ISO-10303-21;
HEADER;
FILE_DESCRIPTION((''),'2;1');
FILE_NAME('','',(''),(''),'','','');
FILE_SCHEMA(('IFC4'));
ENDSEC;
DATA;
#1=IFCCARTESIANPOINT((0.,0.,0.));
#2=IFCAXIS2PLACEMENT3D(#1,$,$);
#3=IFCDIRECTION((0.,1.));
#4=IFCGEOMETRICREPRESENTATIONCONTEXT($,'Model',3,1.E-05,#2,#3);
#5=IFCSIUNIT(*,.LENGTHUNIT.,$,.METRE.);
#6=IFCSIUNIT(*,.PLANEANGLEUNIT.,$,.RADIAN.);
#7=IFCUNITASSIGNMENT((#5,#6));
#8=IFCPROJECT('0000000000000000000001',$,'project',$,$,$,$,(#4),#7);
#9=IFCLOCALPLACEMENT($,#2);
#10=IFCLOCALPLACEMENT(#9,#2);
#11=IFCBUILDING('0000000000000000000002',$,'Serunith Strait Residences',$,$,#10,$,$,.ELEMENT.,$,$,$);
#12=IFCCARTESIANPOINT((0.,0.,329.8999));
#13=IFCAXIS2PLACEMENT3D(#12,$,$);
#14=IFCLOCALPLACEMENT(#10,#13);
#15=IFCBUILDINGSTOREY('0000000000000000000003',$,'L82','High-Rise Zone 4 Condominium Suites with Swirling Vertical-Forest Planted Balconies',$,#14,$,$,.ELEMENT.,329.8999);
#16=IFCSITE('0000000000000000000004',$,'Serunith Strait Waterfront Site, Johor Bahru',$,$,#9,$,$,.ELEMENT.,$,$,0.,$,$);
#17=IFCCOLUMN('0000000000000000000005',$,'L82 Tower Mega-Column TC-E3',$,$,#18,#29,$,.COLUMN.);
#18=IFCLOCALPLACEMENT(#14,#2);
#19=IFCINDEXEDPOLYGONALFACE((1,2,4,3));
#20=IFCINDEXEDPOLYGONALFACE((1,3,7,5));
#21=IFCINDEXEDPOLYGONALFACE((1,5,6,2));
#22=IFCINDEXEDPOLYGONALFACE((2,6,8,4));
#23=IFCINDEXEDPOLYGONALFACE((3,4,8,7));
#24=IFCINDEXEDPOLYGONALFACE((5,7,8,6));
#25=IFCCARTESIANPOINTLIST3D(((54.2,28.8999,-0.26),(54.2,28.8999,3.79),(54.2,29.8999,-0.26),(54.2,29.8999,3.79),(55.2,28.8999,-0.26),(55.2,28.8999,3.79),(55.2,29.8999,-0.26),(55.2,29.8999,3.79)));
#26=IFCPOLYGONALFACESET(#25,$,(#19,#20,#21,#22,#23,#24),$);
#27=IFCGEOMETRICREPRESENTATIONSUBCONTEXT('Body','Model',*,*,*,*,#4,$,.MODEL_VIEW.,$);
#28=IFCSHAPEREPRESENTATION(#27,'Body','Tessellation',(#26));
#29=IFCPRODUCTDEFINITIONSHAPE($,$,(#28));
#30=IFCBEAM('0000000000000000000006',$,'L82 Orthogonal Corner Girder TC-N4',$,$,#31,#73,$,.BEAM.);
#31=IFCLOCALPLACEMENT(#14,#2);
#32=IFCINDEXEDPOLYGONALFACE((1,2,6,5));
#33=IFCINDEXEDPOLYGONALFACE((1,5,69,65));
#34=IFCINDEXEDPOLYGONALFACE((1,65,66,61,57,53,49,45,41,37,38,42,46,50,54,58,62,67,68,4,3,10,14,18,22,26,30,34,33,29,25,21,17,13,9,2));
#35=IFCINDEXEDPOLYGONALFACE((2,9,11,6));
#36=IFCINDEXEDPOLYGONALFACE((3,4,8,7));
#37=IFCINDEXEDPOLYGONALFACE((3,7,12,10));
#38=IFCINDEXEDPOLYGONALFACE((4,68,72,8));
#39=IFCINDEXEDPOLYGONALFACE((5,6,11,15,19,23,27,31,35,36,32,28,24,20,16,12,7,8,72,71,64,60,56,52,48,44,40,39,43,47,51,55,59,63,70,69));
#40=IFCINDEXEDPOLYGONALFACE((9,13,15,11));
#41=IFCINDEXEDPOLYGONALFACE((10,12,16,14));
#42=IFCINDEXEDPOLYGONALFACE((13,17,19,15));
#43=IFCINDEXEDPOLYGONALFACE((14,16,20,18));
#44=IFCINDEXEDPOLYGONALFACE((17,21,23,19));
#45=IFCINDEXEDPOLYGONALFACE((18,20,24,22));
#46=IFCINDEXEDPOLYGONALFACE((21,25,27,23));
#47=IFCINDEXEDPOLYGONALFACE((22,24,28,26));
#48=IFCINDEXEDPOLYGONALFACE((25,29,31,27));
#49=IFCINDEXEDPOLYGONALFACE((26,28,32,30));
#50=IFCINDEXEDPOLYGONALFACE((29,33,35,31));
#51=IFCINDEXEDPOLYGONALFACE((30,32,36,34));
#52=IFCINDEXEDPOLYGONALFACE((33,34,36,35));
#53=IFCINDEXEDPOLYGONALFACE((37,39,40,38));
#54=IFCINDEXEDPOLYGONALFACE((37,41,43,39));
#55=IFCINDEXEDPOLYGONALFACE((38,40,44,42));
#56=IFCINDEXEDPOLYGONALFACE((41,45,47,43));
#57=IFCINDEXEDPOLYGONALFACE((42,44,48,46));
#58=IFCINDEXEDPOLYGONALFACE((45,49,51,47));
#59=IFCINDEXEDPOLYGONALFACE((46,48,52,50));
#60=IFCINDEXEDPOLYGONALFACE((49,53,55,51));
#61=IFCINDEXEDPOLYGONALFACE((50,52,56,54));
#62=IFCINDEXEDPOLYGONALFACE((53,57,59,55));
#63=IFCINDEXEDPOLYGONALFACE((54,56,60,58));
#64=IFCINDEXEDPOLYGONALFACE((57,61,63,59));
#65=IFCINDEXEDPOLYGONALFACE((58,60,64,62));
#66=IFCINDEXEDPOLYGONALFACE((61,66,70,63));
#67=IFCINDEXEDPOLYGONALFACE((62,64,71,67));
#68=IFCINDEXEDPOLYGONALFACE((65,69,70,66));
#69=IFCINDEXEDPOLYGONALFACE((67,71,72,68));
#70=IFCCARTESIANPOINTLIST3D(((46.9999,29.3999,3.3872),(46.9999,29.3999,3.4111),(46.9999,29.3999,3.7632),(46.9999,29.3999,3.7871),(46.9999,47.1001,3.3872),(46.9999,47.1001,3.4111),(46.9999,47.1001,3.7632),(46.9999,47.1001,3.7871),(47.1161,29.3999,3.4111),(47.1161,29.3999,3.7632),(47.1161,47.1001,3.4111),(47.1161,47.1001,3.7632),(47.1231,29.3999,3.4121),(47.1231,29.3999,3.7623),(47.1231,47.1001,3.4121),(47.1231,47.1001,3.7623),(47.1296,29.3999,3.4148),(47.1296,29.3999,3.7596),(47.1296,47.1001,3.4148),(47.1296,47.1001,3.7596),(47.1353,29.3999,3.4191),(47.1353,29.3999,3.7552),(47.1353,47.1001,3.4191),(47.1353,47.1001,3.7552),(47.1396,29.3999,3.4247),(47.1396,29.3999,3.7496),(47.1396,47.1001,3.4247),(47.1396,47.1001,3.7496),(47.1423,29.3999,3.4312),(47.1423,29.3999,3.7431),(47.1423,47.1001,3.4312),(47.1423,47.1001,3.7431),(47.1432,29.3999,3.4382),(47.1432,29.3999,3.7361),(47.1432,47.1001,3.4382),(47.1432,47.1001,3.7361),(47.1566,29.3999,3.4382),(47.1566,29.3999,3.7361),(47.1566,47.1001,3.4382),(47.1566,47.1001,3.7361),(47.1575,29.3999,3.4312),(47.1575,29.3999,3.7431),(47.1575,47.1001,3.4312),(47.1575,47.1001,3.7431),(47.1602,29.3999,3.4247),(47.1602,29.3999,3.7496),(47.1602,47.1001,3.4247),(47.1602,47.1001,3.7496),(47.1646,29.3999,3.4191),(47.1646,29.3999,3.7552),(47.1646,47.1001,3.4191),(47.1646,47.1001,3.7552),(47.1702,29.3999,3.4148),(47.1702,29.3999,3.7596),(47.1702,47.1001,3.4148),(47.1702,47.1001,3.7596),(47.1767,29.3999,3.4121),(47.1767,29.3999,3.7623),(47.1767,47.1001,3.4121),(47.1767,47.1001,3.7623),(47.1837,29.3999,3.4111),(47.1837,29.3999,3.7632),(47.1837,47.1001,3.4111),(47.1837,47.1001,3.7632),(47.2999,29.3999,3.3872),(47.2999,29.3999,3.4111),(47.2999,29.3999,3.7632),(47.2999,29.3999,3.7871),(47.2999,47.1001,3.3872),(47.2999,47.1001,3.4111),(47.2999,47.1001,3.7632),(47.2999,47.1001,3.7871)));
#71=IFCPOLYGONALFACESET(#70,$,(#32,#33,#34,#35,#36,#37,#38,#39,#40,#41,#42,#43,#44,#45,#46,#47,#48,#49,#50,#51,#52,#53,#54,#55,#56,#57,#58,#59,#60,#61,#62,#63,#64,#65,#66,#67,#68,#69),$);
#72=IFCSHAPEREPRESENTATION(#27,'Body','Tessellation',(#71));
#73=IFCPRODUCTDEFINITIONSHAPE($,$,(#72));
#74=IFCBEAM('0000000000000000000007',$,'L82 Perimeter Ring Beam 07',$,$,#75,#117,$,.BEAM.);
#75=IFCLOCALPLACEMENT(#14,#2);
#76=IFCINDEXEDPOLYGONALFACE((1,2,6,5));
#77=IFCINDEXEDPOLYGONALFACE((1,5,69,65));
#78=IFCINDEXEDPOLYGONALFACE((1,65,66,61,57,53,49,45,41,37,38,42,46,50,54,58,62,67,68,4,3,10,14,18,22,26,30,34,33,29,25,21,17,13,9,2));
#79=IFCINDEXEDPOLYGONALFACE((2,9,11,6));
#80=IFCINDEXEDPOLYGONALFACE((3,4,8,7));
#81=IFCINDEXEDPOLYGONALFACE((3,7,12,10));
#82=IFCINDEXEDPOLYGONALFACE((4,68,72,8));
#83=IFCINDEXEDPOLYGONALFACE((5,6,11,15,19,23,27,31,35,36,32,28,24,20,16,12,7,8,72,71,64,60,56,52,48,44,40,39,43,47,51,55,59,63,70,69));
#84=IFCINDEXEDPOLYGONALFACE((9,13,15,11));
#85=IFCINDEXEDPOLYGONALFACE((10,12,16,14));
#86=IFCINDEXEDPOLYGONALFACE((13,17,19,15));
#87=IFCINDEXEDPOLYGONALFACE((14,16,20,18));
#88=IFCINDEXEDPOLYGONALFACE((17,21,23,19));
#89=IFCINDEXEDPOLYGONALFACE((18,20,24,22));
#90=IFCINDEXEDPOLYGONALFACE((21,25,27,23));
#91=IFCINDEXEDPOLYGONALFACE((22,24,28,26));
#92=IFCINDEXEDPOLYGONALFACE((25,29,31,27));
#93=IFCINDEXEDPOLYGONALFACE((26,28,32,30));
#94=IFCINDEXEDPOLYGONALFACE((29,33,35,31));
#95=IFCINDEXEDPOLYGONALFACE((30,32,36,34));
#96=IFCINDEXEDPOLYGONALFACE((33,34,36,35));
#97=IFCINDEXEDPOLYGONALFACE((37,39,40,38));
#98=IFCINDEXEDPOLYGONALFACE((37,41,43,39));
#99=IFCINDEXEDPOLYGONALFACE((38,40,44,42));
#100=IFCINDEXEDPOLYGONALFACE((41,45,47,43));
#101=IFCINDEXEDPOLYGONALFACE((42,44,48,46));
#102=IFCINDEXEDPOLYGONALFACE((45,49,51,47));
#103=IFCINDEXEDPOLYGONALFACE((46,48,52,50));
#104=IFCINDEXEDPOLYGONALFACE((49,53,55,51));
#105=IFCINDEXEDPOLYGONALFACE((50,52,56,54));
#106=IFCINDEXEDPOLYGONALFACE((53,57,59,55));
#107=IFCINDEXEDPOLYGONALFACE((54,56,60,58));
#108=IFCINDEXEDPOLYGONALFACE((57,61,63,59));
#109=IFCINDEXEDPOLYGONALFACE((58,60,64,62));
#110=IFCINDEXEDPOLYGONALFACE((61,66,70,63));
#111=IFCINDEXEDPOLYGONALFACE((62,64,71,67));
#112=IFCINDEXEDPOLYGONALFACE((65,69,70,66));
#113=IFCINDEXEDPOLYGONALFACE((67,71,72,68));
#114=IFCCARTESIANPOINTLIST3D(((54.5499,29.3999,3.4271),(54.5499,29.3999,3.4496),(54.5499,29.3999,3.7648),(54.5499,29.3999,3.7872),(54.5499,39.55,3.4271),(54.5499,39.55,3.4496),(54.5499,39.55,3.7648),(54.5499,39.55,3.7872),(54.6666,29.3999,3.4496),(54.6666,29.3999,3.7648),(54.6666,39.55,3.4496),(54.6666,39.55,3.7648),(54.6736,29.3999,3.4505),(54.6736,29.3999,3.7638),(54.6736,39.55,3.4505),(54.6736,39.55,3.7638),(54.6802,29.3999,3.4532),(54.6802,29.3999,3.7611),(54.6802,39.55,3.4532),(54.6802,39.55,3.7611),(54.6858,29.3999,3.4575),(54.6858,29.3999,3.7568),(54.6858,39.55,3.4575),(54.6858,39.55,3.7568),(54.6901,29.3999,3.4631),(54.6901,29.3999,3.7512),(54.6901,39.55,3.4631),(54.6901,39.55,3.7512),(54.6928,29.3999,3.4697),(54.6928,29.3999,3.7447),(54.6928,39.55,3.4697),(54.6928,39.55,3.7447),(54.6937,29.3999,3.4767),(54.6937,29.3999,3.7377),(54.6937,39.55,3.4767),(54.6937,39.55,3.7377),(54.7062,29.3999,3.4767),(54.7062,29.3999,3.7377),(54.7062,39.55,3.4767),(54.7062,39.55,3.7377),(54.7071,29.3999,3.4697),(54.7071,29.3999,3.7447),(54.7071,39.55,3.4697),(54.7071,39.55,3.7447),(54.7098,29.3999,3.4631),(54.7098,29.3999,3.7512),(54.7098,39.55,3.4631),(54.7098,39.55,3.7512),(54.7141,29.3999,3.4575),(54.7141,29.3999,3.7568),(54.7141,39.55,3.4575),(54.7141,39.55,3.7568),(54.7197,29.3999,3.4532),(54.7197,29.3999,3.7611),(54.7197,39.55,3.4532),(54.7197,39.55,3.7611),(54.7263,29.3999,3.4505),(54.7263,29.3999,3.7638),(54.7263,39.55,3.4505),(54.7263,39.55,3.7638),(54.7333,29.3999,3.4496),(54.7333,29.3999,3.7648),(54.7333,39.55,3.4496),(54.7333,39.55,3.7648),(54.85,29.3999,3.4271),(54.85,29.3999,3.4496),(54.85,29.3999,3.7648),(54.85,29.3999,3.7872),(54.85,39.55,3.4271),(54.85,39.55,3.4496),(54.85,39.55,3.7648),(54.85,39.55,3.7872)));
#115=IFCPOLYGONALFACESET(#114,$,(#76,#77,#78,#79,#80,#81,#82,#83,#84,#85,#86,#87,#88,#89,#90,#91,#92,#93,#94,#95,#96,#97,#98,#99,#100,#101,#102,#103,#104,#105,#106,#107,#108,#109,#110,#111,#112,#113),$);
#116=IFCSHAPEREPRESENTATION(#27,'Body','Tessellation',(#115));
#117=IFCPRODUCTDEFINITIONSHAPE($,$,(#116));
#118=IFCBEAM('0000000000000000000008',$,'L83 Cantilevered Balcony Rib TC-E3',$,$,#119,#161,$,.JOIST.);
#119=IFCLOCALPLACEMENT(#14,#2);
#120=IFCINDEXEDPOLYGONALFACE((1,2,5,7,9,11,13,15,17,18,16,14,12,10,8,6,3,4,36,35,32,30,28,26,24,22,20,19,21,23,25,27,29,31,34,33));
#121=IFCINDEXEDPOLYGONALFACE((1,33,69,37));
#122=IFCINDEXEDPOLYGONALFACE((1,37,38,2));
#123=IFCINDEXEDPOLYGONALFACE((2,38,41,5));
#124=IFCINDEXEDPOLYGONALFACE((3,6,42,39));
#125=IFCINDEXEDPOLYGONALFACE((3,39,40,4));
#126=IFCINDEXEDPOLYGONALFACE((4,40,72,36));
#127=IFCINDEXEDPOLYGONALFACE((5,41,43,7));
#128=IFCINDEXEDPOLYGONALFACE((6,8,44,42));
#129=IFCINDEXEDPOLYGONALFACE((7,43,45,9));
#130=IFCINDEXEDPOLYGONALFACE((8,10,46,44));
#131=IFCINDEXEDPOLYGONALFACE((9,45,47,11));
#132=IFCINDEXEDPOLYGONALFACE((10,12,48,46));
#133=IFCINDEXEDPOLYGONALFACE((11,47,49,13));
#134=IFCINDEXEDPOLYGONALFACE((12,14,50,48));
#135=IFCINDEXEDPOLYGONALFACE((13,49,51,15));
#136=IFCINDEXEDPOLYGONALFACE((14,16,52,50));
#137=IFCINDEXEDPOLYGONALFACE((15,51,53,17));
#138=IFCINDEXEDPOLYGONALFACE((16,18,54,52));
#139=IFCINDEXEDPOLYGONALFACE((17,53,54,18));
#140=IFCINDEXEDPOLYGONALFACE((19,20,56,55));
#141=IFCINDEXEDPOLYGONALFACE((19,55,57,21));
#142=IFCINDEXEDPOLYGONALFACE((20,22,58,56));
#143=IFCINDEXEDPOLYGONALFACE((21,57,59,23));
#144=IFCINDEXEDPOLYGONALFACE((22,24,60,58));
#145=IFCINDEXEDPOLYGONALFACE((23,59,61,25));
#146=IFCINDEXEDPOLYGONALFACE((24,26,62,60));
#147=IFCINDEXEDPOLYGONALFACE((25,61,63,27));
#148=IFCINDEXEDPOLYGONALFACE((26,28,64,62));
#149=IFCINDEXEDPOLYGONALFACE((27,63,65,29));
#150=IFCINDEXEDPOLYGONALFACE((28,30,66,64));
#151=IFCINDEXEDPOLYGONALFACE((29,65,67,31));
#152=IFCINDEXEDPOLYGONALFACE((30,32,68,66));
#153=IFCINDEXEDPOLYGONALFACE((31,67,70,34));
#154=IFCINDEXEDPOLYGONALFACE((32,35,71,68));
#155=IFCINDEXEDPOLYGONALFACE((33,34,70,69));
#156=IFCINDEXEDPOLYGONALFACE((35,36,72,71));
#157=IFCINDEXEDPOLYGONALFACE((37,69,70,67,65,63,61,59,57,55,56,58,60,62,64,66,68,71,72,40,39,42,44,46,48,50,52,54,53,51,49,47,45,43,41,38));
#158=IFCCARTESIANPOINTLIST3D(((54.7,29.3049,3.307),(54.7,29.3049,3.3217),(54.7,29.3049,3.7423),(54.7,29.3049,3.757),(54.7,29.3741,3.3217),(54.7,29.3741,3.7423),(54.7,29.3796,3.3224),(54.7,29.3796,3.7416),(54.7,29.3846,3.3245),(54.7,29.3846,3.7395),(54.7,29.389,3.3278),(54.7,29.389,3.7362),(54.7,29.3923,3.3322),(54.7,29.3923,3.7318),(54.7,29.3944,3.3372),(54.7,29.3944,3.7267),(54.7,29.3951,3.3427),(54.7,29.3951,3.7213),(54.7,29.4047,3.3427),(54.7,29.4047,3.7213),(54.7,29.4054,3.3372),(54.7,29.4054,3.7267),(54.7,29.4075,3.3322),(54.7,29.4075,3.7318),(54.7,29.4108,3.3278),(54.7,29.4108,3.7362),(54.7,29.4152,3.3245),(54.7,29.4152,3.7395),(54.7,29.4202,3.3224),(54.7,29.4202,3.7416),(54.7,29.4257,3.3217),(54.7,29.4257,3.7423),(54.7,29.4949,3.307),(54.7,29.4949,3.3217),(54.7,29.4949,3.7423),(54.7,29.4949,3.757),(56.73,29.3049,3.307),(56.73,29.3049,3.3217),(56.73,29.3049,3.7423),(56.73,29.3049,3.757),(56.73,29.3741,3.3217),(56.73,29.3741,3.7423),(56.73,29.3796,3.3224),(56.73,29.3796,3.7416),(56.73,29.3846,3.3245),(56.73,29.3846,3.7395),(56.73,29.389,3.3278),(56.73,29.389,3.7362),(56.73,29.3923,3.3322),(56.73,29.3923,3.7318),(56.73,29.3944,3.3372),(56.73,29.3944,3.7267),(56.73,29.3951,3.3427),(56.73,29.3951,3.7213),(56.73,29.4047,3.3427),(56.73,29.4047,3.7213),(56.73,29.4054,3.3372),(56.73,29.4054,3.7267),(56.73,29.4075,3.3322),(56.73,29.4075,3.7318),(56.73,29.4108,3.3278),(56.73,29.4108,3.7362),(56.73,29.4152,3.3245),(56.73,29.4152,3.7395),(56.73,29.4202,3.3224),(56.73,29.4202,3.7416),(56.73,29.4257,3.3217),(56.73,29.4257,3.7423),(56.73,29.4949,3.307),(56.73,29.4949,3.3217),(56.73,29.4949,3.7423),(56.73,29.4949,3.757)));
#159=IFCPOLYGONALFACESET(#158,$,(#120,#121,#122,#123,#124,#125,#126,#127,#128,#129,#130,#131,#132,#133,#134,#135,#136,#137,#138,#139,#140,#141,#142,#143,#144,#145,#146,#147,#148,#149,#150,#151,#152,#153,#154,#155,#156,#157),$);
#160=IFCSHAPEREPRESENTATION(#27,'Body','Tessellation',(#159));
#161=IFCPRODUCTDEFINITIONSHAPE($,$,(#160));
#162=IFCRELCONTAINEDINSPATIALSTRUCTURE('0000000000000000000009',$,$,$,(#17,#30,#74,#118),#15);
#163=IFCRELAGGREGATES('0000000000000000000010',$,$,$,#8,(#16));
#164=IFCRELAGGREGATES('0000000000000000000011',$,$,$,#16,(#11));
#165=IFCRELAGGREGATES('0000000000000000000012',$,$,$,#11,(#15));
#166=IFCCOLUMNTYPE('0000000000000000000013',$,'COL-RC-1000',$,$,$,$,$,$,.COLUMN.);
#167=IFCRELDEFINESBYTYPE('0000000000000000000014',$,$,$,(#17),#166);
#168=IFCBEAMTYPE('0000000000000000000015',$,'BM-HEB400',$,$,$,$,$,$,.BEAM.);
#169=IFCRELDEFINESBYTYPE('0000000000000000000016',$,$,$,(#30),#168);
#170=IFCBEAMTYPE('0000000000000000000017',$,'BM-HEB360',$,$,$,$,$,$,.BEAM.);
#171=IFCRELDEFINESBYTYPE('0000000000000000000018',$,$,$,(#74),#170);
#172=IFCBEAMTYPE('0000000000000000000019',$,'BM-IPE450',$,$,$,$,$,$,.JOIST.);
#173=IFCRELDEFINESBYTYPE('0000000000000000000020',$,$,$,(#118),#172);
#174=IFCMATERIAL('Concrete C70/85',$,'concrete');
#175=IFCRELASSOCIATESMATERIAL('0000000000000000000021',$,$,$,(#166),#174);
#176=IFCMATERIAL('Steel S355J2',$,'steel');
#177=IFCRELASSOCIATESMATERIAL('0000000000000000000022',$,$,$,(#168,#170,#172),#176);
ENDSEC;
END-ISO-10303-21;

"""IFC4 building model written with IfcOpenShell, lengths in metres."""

from ifc_helpers import new_model, si_unit, direction, frame, origin, origin_2d, place, context, subcontext, project, spatial, rectangle, i_section, extrude, source, transform, mapped, material, material_profile, profile_set, type_object, element, save


model = new_model("IFC4")

# Units and contexts
model_context = context("Model", 3, precision=1e-05, world=origin(), true_north=direction((0.0, 1.0)))
body_context = subcontext(model_context, "Body", "Model", "MODEL_VIEW")
ifc_project = project(units=[si_unit("LENGTHUNIT", "METRE"), si_unit("PLANEANGLEUNIT", "RADIAN")], contexts=[model_context])

# Site, building, storey
site_placement = place(None, origin())
site = spatial("IfcSite", under=ifc_project, at=site_placement, Name="Serunith Strait Waterfront Site, Johor Bahru", CompositionType="ELEMENT", RefElevation=0.0)
building_placement = place(site_placement, origin())
building = spatial("IfcBuilding", under=site, at=building_placement, Name="Serunith Strait Residences", CompositionType="ELEMENT")
storey_placement = place(building_placement, frame((0.0, 0.0, 329.8999)))
storey = spatial("IfcBuildingStorey", under=building, at=storey_placement, Name="L82", Description="High-Rise Zone 4 Condominium Suites with Swirling Vertical-Forest Planted Balconies", CompositionType="ELEMENT", Elevation=329.8999)

# Column
ifc_material_1 = material(Name="Concrete C70/85", Category="concrete")
ifc_material_profile_1 = material_profile(ifc_material_1, rectangle(XDim=1.0, YDim=1.0, at=origin_2d()), Name="RC 1000x1000")
ifc_profile_set_1 = profile_set([ifc_material_profile_1], Name="Concrete C70/85")
column_type = type_object("IfcColumnType", Name="COL-RC-1000", PredefinedType="COLUMN", material=ifc_profile_set_1)
shared_shape_1 = source(origin(), body_context, "Body", "SweptSolid", [
    extrude(rectangle(XDim=1.0, YDim=1.0, at=origin_2d()), origin(), (0.0, 0.0, 1.0), 4.05),
])
column_placement = place(storey_placement, frame((54.7, 29.3999, -0.26), z_axis=(0.0, 0.0, 1.0), x_axis=(1.0, 0.0, 0.0)))
element("IfcColumn", 1, at=column_placement, inside=storey, type_object=column_type, Name="L82 Tower Mega-Column TC-E3", PredefinedType="COLUMN", context=body_context, shape_type="MappedRepresentation", body=[
    mapped(shared_shape_1, transform((0.0, 0.0, 0.0), scale=1.0)),
])

# Beams
ifc_material_2 = material(Name="Steel S355J2", Category="steel")
ifc_material_profile_2 = material_profile(ifc_material_2, i_section(OverallWidth=0.3, OverallDepth=0.3999, WebThickness=0.0134, FlangeThickness=0.0239, FilletRadius=0.0271, at=origin_2d()), Name="HEB 400")
ifc_profile_set_2 = profile_set([ifc_material_profile_2], Name="Steel S355J2")
beam_type_1 = type_object("IfcBeamType", Name="BM-HEB400", PredefinedType="BEAM", material=ifc_profile_set_2)
shared_shape_2 = source(origin(), body_context, "Body", "SweptSolid", [
    extrude(i_section(OverallWidth=0.3, OverallDepth=0.3999, WebThickness=0.0134, FlangeThickness=0.0239, FilletRadius=0.0271, at=origin_2d()), origin(), (0.0, 0.0, 1.0), 17.7002),
])
beam_1_placement = place(storey_placement, frame((47.1499, 29.3999, 3.5872), z_axis=(0.0, 1.0, 0.0), x_axis=(-1.0, 0.0, 0.0)))
element("IfcBeam", 2, at=beam_1_placement, inside=storey, type_object=beam_type_1, Name="L82 Orthogonal Corner Girder TC-N4", PredefinedType="BEAM", context=body_context, shape_type="MappedRepresentation", body=[
    mapped(shared_shape_2, transform((0.0, 0.0, 0.0), scale=1.0)),
])
ifc_material_profile_3 = material_profile(ifc_material_2, i_section(OverallWidth=0.3, OverallDepth=0.3601, WebThickness=0.0125, FlangeThickness=0.0225, FilletRadius=0.0271, at=origin_2d()), Name="HEB 360")
ifc_profile_set_3 = profile_set([ifc_material_profile_3], Name="Steel S355J2")
beam_type_2 = type_object("IfcBeamType", Name="BM-HEB360", PredefinedType="BEAM", material=ifc_profile_set_3)
shared_shape_3 = source(origin(), body_context, "Body", "SweptSolid", [
    extrude(i_section(OverallWidth=0.3, OverallDepth=0.3601, WebThickness=0.0125, FlangeThickness=0.0225, FilletRadius=0.0271, at=origin_2d()), origin(), (0.0, 0.0, 1.0), 10.1501),
])
beam_2_placement = place(storey_placement, frame((54.7, 29.3999, 3.6072), z_axis=(0.0, 1.0, 0.0), x_axis=(-1.0, 0.0, 0.0)))
element("IfcBeam", 3, at=beam_2_placement, inside=storey, type_object=beam_type_2, Name="L82 Perimeter Ring Beam 07", PredefinedType="BEAM", context=body_context, shape_type="MappedRepresentation", body=[
    mapped(shared_shape_3, transform((0.0, 0.0, 0.0), scale=1.0)),
])
ifc_material_profile_4 = material_profile(ifc_material_2, i_section(OverallWidth=0.1899, OverallDepth=0.45, WebThickness=0.0095, FlangeThickness=0.0146, FilletRadius=0.021, at=origin_2d()), Name="IPE 450")
ifc_profile_set_4 = profile_set([ifc_material_profile_4], Name="Steel S355J2")
beam_type_3 = type_object("IfcBeamType", Name="BM-IPE450", PredefinedType="JOIST", material=ifc_profile_set_4)
shared_shape_4 = source(origin(), body_context, "Body", "SweptSolid", [
    extrude(i_section(OverallWidth=0.1899, OverallDepth=0.45, WebThickness=0.0095, FlangeThickness=0.0146, FilletRadius=0.021, at=origin_2d()), origin(), (0.0, 0.0, 1.0), 2.03),
])
beam_3_placement = place(storey_placement, frame((54.7, 29.3999, 3.532), z_axis=(1.0, 0.0, 0.0), x_axis=(0.0, 1.0, 0.0)))
element("IfcBeam", 4, at=beam_3_placement, inside=storey, type_object=beam_type_3, Name="L83 Cantilevered Balcony Rib TC-E3", PredefinedType="JOIST", context=body_context, shape_type="MappedRepresentation", body=[
    mapped(shared_shape_4, transform((0.0, 0.0, 0.0), scale=1.0)),
])

save(model, "model.ifc")
